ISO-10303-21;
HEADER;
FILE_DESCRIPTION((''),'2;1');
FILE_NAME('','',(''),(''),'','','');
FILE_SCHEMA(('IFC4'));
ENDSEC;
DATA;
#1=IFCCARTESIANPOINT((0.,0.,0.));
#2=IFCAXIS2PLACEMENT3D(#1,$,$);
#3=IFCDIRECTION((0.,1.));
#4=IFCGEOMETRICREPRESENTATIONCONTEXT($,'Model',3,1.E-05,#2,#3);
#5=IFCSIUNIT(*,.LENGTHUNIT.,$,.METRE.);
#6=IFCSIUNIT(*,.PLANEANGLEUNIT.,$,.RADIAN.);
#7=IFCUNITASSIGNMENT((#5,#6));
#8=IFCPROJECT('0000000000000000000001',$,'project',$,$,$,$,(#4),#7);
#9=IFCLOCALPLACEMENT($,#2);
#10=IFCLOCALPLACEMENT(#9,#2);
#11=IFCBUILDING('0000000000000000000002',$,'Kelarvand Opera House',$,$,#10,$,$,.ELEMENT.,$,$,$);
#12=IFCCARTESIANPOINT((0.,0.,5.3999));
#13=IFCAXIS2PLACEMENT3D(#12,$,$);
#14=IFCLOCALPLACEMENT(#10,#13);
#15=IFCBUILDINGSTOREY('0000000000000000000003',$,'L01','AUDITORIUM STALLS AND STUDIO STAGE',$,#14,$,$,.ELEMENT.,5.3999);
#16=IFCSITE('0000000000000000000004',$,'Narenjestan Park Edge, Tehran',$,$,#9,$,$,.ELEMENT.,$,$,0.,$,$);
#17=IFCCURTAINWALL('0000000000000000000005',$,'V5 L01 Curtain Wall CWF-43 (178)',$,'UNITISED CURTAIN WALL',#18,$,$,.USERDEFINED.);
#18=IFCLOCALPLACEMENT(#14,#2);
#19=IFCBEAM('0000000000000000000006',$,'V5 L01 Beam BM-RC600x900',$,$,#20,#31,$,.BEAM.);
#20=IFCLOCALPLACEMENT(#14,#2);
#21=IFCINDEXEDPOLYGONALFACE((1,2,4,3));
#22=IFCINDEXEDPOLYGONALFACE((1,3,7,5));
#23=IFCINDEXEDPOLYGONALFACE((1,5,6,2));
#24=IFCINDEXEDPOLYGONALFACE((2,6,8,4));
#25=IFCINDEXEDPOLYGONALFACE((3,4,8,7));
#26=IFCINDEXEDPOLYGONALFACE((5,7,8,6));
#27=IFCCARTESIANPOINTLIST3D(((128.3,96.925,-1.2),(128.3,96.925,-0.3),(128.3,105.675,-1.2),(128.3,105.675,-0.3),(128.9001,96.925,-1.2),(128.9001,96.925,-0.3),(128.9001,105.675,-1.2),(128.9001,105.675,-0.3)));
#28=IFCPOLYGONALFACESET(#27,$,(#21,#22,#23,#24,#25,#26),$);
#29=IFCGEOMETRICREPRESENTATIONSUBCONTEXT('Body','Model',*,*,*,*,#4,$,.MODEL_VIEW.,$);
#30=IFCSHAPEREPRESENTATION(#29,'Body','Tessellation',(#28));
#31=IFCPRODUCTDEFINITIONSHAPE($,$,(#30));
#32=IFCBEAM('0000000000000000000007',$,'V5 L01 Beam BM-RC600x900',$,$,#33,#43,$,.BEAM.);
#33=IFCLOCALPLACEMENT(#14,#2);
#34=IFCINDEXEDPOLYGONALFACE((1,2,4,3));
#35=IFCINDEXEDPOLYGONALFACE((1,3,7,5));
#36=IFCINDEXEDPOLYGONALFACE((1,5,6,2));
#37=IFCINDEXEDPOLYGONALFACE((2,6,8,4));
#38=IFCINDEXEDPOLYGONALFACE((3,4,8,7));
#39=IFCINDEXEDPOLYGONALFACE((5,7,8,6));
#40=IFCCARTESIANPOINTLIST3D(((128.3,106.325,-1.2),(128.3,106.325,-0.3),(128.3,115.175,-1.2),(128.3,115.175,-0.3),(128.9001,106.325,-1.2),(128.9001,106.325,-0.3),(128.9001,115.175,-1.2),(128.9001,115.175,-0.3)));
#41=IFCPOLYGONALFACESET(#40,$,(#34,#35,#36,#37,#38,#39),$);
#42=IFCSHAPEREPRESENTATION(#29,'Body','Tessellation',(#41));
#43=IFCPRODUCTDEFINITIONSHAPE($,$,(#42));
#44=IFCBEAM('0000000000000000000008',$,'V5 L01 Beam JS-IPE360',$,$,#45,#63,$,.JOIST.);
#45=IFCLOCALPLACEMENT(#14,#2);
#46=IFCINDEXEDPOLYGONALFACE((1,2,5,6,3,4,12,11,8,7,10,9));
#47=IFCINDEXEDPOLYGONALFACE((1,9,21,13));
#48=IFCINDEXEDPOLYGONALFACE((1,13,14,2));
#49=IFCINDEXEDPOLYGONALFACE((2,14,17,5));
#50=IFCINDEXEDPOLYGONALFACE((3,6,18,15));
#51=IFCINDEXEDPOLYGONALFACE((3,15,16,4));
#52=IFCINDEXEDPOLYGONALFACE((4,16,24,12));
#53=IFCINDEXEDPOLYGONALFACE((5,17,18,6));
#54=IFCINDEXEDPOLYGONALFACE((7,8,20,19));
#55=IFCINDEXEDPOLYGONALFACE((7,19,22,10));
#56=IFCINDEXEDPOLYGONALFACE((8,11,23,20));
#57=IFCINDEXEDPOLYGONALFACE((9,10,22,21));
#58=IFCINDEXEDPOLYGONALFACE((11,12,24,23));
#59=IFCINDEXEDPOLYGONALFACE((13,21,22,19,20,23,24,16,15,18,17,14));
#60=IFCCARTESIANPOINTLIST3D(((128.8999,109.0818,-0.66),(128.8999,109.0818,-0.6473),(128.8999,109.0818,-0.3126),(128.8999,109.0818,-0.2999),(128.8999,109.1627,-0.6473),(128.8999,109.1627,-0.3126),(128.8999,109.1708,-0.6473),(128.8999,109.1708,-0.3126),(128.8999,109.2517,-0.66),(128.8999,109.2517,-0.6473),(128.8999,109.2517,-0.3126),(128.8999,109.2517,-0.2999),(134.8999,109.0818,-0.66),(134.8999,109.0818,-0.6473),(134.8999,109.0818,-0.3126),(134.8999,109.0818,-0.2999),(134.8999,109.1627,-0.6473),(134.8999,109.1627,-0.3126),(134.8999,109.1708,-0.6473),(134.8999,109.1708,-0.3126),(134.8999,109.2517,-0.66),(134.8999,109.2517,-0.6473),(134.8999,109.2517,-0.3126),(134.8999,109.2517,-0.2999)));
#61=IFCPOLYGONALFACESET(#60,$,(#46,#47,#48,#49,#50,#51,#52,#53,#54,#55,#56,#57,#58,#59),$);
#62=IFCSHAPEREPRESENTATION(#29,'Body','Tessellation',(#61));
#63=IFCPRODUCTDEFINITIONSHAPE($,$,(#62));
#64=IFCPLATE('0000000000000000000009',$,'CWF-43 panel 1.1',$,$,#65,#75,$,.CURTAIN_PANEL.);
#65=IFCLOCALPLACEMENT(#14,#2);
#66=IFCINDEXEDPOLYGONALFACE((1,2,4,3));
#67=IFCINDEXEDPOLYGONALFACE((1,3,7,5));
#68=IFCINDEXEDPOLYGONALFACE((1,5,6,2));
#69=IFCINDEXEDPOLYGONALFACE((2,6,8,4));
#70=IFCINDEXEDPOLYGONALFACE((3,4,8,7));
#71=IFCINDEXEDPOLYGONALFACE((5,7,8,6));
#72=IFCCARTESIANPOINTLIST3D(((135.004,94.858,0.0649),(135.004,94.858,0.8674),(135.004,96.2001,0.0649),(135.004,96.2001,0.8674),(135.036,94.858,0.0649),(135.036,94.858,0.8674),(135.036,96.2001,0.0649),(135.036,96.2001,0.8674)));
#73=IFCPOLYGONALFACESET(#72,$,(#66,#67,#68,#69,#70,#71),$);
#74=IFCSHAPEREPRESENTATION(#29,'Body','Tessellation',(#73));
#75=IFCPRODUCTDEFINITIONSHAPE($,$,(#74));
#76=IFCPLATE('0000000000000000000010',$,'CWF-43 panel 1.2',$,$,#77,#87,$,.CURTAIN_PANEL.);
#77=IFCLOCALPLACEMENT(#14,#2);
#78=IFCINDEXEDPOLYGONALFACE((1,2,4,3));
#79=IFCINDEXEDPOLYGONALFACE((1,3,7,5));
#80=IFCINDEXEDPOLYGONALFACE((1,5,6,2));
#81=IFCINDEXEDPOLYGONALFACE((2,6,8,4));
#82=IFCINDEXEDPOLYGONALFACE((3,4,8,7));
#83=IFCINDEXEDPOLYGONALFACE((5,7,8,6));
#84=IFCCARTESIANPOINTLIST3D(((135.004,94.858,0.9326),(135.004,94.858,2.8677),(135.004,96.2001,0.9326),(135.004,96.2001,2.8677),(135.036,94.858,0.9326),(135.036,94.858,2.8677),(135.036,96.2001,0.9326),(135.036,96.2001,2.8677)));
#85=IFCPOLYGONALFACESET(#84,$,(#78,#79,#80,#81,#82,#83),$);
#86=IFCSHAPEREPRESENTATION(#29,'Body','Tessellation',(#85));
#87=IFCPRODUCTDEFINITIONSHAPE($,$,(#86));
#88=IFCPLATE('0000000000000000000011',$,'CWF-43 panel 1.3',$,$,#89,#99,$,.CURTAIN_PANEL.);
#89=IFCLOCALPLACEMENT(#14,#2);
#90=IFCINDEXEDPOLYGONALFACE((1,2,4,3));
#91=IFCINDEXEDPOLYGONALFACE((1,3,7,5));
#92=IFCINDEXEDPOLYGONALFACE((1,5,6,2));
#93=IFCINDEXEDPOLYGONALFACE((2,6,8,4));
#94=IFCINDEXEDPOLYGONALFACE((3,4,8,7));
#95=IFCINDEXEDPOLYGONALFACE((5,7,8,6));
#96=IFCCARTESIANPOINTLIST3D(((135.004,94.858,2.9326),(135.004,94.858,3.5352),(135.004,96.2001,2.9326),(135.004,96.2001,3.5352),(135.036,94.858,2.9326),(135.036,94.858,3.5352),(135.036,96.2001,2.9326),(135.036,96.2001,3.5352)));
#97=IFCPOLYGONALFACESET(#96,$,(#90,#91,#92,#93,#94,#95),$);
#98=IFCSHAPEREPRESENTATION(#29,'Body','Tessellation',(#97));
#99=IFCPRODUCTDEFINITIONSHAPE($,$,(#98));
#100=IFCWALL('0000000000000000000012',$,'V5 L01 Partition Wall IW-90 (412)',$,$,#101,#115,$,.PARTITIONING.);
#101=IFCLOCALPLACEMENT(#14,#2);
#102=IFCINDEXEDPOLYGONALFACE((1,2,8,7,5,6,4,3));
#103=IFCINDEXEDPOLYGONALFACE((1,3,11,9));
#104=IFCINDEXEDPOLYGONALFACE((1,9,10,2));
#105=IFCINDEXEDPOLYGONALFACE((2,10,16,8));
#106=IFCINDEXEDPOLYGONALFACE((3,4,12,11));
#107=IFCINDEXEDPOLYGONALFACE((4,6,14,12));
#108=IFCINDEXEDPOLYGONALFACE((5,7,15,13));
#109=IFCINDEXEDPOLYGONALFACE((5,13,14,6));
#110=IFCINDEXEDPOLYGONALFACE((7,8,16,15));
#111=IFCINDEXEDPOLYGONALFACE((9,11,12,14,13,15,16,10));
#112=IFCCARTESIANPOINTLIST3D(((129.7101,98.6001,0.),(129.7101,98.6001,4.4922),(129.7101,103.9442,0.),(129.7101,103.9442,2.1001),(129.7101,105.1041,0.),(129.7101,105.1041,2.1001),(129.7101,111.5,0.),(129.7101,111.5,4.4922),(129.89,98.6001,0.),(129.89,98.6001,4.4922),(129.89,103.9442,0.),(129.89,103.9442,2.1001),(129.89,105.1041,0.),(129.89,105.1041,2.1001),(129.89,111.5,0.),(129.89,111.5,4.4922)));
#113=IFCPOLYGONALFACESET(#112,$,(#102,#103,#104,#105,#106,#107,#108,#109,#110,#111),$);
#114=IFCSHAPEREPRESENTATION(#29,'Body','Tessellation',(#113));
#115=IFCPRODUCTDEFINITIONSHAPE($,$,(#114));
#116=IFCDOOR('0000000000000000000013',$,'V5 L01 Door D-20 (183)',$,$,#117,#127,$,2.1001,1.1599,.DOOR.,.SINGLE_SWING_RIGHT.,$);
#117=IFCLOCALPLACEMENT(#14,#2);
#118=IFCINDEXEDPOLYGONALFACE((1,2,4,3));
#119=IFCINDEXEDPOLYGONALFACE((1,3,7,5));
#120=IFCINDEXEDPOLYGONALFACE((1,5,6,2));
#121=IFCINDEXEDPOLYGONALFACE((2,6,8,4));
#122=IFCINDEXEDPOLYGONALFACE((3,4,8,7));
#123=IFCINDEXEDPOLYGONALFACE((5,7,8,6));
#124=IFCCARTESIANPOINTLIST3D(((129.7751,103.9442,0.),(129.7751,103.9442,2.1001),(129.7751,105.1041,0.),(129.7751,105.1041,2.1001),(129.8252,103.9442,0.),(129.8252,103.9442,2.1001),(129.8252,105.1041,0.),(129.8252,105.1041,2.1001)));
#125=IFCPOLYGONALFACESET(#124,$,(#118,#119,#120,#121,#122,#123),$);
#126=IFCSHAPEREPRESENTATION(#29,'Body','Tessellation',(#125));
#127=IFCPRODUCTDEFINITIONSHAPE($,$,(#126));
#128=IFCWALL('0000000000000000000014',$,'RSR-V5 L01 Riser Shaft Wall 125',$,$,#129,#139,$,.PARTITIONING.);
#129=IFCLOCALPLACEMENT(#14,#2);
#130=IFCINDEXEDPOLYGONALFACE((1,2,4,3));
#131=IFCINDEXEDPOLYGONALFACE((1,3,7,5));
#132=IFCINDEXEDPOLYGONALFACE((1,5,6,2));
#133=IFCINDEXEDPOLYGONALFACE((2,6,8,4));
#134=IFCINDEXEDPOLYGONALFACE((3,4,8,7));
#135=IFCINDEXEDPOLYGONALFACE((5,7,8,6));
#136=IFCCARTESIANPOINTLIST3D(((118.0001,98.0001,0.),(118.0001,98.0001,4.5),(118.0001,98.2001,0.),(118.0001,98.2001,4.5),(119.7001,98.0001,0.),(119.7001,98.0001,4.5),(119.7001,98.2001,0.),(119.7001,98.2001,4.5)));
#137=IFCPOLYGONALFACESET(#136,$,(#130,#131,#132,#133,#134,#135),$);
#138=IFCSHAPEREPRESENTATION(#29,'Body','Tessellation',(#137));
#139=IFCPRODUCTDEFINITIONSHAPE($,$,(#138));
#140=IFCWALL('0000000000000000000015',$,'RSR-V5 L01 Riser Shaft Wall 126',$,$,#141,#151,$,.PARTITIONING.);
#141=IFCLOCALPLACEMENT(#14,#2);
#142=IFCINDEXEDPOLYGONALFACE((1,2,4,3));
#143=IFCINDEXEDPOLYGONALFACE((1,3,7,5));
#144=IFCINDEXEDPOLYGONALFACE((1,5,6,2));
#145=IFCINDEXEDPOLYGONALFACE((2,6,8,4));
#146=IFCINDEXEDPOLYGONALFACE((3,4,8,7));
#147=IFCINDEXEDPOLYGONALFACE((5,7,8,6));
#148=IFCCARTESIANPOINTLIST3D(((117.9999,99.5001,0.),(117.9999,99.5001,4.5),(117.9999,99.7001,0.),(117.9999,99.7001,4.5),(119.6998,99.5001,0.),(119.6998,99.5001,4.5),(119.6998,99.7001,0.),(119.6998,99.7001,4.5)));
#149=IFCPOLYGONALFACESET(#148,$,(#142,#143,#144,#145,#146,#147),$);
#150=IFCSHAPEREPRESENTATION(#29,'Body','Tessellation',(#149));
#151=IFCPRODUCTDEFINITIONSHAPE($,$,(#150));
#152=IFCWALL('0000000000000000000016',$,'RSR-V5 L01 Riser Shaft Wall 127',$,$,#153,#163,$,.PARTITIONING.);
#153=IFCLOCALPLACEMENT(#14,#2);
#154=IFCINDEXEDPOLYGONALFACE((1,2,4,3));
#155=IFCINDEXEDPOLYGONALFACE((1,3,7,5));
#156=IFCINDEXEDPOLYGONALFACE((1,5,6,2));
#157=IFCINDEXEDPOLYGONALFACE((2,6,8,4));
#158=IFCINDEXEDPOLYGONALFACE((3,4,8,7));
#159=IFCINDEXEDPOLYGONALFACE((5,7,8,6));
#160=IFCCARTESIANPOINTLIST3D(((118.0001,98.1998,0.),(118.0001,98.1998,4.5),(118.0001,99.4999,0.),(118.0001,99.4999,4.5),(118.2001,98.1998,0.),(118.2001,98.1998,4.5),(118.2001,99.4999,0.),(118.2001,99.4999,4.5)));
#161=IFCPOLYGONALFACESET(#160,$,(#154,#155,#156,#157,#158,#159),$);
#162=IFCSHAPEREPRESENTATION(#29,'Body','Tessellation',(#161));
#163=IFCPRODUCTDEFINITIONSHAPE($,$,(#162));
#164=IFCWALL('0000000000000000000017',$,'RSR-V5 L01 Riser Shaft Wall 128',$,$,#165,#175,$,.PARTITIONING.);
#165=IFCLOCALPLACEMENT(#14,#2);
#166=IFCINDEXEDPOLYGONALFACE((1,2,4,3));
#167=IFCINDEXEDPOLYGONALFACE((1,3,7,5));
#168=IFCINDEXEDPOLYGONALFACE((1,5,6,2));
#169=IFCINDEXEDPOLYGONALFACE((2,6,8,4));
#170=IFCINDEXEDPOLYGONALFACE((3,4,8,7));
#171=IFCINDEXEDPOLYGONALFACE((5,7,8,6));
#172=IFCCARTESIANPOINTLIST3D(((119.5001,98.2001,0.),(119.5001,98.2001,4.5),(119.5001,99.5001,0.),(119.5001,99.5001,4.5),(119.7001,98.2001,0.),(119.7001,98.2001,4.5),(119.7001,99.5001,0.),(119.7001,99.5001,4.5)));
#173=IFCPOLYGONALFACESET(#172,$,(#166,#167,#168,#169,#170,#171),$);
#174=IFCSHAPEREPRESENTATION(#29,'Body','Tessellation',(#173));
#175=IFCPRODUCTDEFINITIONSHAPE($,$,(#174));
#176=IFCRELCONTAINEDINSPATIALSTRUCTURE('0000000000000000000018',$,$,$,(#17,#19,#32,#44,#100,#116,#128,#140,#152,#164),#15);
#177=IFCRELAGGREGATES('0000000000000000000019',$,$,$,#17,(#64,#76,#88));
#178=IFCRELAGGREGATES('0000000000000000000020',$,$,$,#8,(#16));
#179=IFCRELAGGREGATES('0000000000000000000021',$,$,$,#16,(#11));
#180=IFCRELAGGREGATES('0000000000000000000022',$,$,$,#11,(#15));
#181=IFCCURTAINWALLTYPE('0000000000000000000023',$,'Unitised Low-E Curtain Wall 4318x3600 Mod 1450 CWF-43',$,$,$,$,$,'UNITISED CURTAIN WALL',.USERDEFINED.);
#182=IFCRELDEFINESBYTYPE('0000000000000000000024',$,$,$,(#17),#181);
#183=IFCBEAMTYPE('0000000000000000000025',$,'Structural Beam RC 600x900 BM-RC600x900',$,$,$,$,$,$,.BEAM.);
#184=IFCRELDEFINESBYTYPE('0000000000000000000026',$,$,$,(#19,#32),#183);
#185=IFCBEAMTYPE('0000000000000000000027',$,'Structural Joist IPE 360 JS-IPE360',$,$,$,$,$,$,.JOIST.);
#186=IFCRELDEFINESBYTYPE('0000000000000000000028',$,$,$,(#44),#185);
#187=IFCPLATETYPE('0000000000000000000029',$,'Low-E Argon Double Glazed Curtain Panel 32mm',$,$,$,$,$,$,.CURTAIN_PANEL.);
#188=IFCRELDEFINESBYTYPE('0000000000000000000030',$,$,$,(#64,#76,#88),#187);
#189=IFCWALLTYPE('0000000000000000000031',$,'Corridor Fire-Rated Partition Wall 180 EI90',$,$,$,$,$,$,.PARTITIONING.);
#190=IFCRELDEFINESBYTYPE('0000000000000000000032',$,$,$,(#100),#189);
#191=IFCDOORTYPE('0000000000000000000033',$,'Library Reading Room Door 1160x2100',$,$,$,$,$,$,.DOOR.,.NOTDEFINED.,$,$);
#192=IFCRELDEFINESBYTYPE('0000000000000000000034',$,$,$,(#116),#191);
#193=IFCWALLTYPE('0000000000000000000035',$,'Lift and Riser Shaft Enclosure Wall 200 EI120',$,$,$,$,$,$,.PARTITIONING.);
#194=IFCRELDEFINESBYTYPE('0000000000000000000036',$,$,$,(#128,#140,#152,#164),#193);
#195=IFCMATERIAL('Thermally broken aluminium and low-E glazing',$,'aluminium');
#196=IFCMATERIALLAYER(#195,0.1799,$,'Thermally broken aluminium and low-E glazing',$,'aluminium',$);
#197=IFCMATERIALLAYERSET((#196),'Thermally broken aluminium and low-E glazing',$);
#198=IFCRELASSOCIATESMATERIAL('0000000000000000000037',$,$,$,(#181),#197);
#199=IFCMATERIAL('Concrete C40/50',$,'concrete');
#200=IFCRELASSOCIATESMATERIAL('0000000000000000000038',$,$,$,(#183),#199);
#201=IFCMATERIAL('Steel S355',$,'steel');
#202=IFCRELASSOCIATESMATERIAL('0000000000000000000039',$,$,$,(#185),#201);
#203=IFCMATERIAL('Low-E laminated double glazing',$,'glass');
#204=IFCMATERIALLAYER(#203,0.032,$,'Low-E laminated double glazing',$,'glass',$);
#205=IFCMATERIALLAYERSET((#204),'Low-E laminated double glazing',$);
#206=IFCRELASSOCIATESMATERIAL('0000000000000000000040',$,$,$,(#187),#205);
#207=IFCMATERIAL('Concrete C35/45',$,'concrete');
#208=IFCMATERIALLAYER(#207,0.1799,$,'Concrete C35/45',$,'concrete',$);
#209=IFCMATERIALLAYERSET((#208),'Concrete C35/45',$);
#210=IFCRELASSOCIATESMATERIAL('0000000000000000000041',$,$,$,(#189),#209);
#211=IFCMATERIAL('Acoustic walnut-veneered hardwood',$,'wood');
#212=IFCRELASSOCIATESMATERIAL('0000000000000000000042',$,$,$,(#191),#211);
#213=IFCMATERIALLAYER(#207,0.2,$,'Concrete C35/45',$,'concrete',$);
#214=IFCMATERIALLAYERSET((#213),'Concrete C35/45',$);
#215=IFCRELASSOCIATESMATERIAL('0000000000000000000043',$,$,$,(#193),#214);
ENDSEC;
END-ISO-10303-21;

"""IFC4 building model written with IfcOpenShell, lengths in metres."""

from ifc_helpers import new_model, si_unit, direction, frame, frame_2d, origin, origin_2d, place, context, subcontext, project, spatial, rectangle, i_section, extrude, material, layer, layer_set, material_profile, profile_set, type_object, element, fill, aggregate, save


model = new_model("IFC4")

# Units and contexts
model_context = context("Model", 3, precision=1e-05, world=origin(), true_north=direction((0.0, 1.0)))
body_context = subcontext(model_context, "Body", "Model", "MODEL_VIEW")
ifc_project = project(units=[si_unit("LENGTHUNIT", "METRE"), si_unit("PLANEANGLEUNIT", "RADIAN")], contexts=[model_context])

# Site, building, storey
site_placement = place(None, origin())
site = spatial("IfcSite", under=ifc_project, at=site_placement, Name="Narenjestan Park Edge, Tehran", CompositionType="ELEMENT", RefElevation=0.0)
building_placement = place(site_placement, origin())
building = spatial("IfcBuilding", under=site, at=building_placement, Name="Kelarvand Opera House", CompositionType="ELEMENT")
storey_placement = place(building_placement, frame((0.0, 0.0, 5.3999)))
storey = spatial("IfcBuildingStorey", under=building, at=storey_placement, Name="L01", Description="AUDITORIUM STALLS AND STUDIO STAGE", CompositionType="ELEMENT", Elevation=5.3999)

# Shared definitions
ifc_material_1 = material(Name="Concrete C40/50", Category="concrete")

# Shared definitions
ifc_material_2 = material(Name="Thermally broken aluminium and low-E glazing", Category="aluminium")

# Curtain wall
ifc_layer_1 = layer(ifc_material_2, 0.1799, Name="Thermally broken aluminium and low-E glazing", Category="aluminium")
ifc_layer_set_1 = layer_set([ifc_layer_1], Name="Thermally broken aluminium and low-E glazing")
curtain_wall_type_1 = type_object("IfcCurtainWallType", Name="Unitised Low-E Curtain Wall 4318x3600 Mod 1450 CWF-43", ElementType="UNITISED CURTAIN WALL", PredefinedType="USERDEFINED", material=ifc_layer_set_1)
curtain_wall_1_placement = place(storey_placement, origin())
curtain_wall_1 = element("IfcCurtainWall", 1, at=curtain_wall_1_placement, inside=storey, type_object=curtain_wall_type_1, Name="V5 L01 Curtain Wall CWF-43 (178)", ObjectType="UNITISED CURTAIN WALL", PredefinedType="USERDEFINED")

# Beams
ifc_material_3 = material(Name="Concrete C35/45", Category="concrete")
ifc_material_profile_1 = material_profile(ifc_material_1, rectangle(XDim=0.6001, YDim=0.8999, at=origin_2d()), Name="RC 600x900", Category="concrete")
ifc_profile_set_1 = profile_set([ifc_material_profile_1], Name="Concrete C40/50")
beam_type_1 = type_object("IfcBeamType", Name="Structural Beam RC 600x900 BM-RC600x900", PredefinedType="BEAM", material=ifc_profile_set_1)
beam_1_placement = place(storey_placement, frame((128.6001, 96.925, -0.75), z_axis=(0.0, 1.0, 0.0), x_axis=(-1.0, 0.0, 0.0)))
element("IfcBeam", 2, at=beam_1_placement, inside=storey, type_object=beam_type_1, Name="V5 L01 Beam BM-RC600x900", PredefinedType="BEAM", context=body_context, shape_type="SweptSolid", body=[
    extrude(rectangle(XDim=0.6001, YDim=0.8999, at=origin_2d()), origin(), (0.0, 0.0, 1.0), 8.75),
])
beam_2_placement = place(storey_placement, frame((128.6001, 106.325, -0.75), z_axis=(0.0, 1.0, 0.0), x_axis=(-1.0, 0.0, 0.0)))
element("IfcBeam", 3, at=beam_2_placement, inside=storey, type_object=beam_type_1, Name="V5 L01 Beam BM-RC600x900", PredefinedType="BEAM", context=body_context, shape_type="SweptSolid", body=[
    extrude(rectangle(XDim=0.6001, YDim=0.8999, at=origin_2d()), origin(), (0.0, 0.0, 1.0), 8.8501),
])
ifc_material_4 = material(Name="Steel S355", Category="steel")
ifc_material_profile_2 = material_profile(ifc_material_4, i_section(OverallWidth=0.1699, OverallDepth=0.3601, WebThickness=0.0081, FlangeThickness=0.0127, at=origin_2d()), Name="IPE 360", Category="steel")
ifc_profile_set_2 = profile_set([ifc_material_profile_2], Name="Steel S355")
beam_type_2 = type_object("IfcBeamType", Name="Structural Joist IPE 360 JS-IPE360", PredefinedType="JOIST", material=ifc_profile_set_2)
beam_3_placement = place(storey_placement, frame((128.8999, 109.1667, -0.48), z_axis=(1.0, 0.0, 0.0), x_axis=(0.0, 1.0, 0.0)))
element("IfcBeam", 4, at=beam_3_placement, inside=storey, type_object=beam_type_2, Name="V5 L01 Beam JS-IPE360", PredefinedType="JOIST", context=body_context, shape_type="SweptSolid", body=[
    extrude(i_section(OverallWidth=0.1699, OverallDepth=0.3601, WebThickness=0.0081, FlangeThickness=0.0127, at=origin_2d()), origin(), (0.0, 0.0, 1.0), 6.0),
])

# Plates
ifc_material_5 = material(Name="Low-E laminated double glazing", Category="glass")
ifc_layer_2 = layer(ifc_material_5, 0.032, Name="Low-E laminated double glazing", Category="glass")
ifc_layer_set_2 = layer_set([ifc_layer_2], Name="Low-E laminated double glazing")
plate_type = type_object("IfcPlateType", Name="Low-E Argon Double Glazed Curtain Panel 32mm", PredefinedType="CURTAIN_PANEL", material=ifc_layer_set_2)
plate_1_placement = place(storey_placement, frame((135.02, 95.5291, 0.0649), z_axis=(0.0, 0.0, 1.0), x_axis=(0.0, -1.0, 0.0)))
plate_1 = element("IfcPlate", 5, at=plate_1_placement, type_object=plate_type, Name="CWF-43 panel 1.1", PredefinedType="CURTAIN_PANEL", context=body_context, shape_type="SweptSolid", body=[
    extrude(rectangle(XDim=1.342, YDim=0.032, at=origin_2d()), origin(), (0.0, 0.0, 1.0), 0.8025),
])
plate_2_placement = place(storey_placement, frame((135.02, 95.5291, 0.9326), z_axis=(0.0, 0.0, 1.0), x_axis=(0.0, -1.0, 0.0)))
plate_2 = element("IfcPlate", 6, at=plate_2_placement, type_object=plate_type, Name="CWF-43 panel 1.2", PredefinedType="CURTAIN_PANEL", context=body_context, shape_type="SweptSolid", body=[
    extrude(rectangle(XDim=1.342, YDim=0.032, at=origin_2d()), origin(), (0.0, 0.0, 1.0), 1.9351),
])
plate_3_placement = place(storey_placement, frame((135.02, 95.5291, 2.9326), z_axis=(0.0, 0.0, 1.0), x_axis=(0.0, -1.0, 0.0)))
plate_3 = element("IfcPlate", 7, at=plate_3_placement, type_object=plate_type, Name="CWF-43 panel 1.3", PredefinedType="CURTAIN_PANEL", context=body_context, shape_type="SweptSolid", body=[
    extrude(rectangle(XDim=1.342, YDim=0.032, at=origin_2d()), origin(), (0.0, 0.0, 1.0), 0.6025),
])
aggregate(curtain_wall_1, [plate_1, plate_2, plate_3])

# Wall, opening, door
ifc_layer_3 = layer(ifc_material_3, 0.1799, Name="Concrete C35/45", Category="concrete")
ifc_layer_set_3 = layer_set([ifc_layer_3], Name="Concrete C35/45")
wall_type_1 = type_object("IfcWallType", Name="Corridor Fire-Rated Partition Wall 180 EI90", PredefinedType="PARTITIONING", material=ifc_layer_set_3)
wall_placement = place(storey_placement, frame((129.8, 98.6001, 0.0), z_axis=(0.0, 0.0, 1.0), x_axis=(0.0, 1.0, 0.0)))
wall = element("IfcWall", 8, at=wall_placement, inside=storey, type_object=wall_type_1, Name="V5 L01 Partition Wall IW-90 (412)", PredefinedType="PARTITIONING", context=body_context, shape_type="SweptSolid", body=[
    extrude(rectangle(XDim=12.8999, YDim=0.1799, at=frame_2d((6.45, 0.0))), origin(), (0.0, 0.0, 1.0), 4.4922),
])
opening_placement = place(wall_placement, frame((5.344, 0.0, 0.0)))
opening = element("IfcOpeningElement", 9, at=opening_placement, cuts=wall, PredefinedType="OPENING", context=body_context, shape_type="SweptSolid", body=[
    extrude(rectangle(XDim=1.1599, YDim=2.1001, at=frame_2d((0.5801, 1.05))), frame((0.0, 0.1001, 0.0), z_axis=(0.0, -1.0, 0.0), x_axis=(1.0, 0.0, 0.0)), (0.0, 0.0, 1.0), 0.2),
])
ifc_material_6 = material(Name="Acoustic walnut-veneered hardwood", Category="wood")
door_type = type_object("IfcDoorType", Name="Library Reading Room Door 1160x2100", OperationType="NOTDEFINED", PredefinedType="DOOR", material=ifc_material_6)
door_placement = place(opening_placement, origin())
door = element("IfcDoor", 10, at=door_placement, inside=storey, type_object=door_type, Name="V5 L01 Door D-20 (183)", OperationType="SINGLE_SWING_RIGHT", OverallHeight=2.1001, OverallWidth=1.1599, PredefinedType="DOOR", context=body_context, shape_type="SweptSolid", body=[
    extrude(rectangle(XDim=1.1599, YDim=2.1001, at=frame_2d((0.5801, 1.05))), frame((0.0, 0.0249, 0.0), z_axis=(0.0, -1.0, 0.0), x_axis=(1.0, 0.0, 0.0)), (0.0, 0.0, 1.0), 0.05),
])
fill(opening, door)

# Walls
ifc_layer_4 = layer(ifc_material_3, 0.2, Name="Concrete C35/45", Category="concrete")
ifc_layer_set_4 = layer_set([ifc_layer_4], Name="Concrete C35/45")
wall_type_2 = type_object("IfcWallType", Name="Lift and Riser Shaft Enclosure Wall 200 EI120", PredefinedType="PARTITIONING", material=ifc_layer_set_4)
for number, where, z_axis, x_axis, name in (
    (11, (118.0, 98.1001, 0.0), (0.0, 0.0, 1.0), (1.0, 0.0, 0.0), "RSR-V5 L01 Riser Shaft Wall 125"),
    (12, (119.7, 99.6001, 0.0), (0.0, 0.0, 1.0), (-1.0, 0.0, 0.0), "RSR-V5 L01 Riser Shaft Wall 126"),
):
    element("IfcWall", number, at=place(storey_placement, frame(where, z_axis=z_axis, x_axis=x_axis)), inside=storey, type_object=wall_type_2, Name=name, PredefinedType="PARTITIONING", context=body_context, shape_type="SweptSolid", body=[
        extrude(rectangle(XDim=1.7, YDim=0.2, at=frame_2d((0.8501, 0.0))), origin(), (0.0, 0.0, 1.0), 4.5),
    ])
for number, where, z_axis, x_axis, name in (
    (13, (118.1001, 98.2, 0.0), (0.0, 0.0, 1.0), (0.0, 1.0, 0.0), "RSR-V5 L01 Riser Shaft Wall 127"),
    (14, (119.6001, 99.5, 0.0), (0.0, 0.0, 1.0), (0.0, -1.0, 0.0), "RSR-V5 L01 Riser Shaft Wall 128"),
):
    element("IfcWall", number, at=place(storey_placement, frame(where, z_axis=z_axis, x_axis=x_axis)), inside=storey, type_object=wall_type_2, Name=name, PredefinedType="PARTITIONING", context=body_context, shape_type="SweptSolid", body=[
        extrude(rectangle(XDim=1.3, YDim=0.2, at=frame_2d((0.6499, 0.0))), origin(), (0.0, 0.0, 1.0), 4.5),
    ])

save(model, "model.ifc")
